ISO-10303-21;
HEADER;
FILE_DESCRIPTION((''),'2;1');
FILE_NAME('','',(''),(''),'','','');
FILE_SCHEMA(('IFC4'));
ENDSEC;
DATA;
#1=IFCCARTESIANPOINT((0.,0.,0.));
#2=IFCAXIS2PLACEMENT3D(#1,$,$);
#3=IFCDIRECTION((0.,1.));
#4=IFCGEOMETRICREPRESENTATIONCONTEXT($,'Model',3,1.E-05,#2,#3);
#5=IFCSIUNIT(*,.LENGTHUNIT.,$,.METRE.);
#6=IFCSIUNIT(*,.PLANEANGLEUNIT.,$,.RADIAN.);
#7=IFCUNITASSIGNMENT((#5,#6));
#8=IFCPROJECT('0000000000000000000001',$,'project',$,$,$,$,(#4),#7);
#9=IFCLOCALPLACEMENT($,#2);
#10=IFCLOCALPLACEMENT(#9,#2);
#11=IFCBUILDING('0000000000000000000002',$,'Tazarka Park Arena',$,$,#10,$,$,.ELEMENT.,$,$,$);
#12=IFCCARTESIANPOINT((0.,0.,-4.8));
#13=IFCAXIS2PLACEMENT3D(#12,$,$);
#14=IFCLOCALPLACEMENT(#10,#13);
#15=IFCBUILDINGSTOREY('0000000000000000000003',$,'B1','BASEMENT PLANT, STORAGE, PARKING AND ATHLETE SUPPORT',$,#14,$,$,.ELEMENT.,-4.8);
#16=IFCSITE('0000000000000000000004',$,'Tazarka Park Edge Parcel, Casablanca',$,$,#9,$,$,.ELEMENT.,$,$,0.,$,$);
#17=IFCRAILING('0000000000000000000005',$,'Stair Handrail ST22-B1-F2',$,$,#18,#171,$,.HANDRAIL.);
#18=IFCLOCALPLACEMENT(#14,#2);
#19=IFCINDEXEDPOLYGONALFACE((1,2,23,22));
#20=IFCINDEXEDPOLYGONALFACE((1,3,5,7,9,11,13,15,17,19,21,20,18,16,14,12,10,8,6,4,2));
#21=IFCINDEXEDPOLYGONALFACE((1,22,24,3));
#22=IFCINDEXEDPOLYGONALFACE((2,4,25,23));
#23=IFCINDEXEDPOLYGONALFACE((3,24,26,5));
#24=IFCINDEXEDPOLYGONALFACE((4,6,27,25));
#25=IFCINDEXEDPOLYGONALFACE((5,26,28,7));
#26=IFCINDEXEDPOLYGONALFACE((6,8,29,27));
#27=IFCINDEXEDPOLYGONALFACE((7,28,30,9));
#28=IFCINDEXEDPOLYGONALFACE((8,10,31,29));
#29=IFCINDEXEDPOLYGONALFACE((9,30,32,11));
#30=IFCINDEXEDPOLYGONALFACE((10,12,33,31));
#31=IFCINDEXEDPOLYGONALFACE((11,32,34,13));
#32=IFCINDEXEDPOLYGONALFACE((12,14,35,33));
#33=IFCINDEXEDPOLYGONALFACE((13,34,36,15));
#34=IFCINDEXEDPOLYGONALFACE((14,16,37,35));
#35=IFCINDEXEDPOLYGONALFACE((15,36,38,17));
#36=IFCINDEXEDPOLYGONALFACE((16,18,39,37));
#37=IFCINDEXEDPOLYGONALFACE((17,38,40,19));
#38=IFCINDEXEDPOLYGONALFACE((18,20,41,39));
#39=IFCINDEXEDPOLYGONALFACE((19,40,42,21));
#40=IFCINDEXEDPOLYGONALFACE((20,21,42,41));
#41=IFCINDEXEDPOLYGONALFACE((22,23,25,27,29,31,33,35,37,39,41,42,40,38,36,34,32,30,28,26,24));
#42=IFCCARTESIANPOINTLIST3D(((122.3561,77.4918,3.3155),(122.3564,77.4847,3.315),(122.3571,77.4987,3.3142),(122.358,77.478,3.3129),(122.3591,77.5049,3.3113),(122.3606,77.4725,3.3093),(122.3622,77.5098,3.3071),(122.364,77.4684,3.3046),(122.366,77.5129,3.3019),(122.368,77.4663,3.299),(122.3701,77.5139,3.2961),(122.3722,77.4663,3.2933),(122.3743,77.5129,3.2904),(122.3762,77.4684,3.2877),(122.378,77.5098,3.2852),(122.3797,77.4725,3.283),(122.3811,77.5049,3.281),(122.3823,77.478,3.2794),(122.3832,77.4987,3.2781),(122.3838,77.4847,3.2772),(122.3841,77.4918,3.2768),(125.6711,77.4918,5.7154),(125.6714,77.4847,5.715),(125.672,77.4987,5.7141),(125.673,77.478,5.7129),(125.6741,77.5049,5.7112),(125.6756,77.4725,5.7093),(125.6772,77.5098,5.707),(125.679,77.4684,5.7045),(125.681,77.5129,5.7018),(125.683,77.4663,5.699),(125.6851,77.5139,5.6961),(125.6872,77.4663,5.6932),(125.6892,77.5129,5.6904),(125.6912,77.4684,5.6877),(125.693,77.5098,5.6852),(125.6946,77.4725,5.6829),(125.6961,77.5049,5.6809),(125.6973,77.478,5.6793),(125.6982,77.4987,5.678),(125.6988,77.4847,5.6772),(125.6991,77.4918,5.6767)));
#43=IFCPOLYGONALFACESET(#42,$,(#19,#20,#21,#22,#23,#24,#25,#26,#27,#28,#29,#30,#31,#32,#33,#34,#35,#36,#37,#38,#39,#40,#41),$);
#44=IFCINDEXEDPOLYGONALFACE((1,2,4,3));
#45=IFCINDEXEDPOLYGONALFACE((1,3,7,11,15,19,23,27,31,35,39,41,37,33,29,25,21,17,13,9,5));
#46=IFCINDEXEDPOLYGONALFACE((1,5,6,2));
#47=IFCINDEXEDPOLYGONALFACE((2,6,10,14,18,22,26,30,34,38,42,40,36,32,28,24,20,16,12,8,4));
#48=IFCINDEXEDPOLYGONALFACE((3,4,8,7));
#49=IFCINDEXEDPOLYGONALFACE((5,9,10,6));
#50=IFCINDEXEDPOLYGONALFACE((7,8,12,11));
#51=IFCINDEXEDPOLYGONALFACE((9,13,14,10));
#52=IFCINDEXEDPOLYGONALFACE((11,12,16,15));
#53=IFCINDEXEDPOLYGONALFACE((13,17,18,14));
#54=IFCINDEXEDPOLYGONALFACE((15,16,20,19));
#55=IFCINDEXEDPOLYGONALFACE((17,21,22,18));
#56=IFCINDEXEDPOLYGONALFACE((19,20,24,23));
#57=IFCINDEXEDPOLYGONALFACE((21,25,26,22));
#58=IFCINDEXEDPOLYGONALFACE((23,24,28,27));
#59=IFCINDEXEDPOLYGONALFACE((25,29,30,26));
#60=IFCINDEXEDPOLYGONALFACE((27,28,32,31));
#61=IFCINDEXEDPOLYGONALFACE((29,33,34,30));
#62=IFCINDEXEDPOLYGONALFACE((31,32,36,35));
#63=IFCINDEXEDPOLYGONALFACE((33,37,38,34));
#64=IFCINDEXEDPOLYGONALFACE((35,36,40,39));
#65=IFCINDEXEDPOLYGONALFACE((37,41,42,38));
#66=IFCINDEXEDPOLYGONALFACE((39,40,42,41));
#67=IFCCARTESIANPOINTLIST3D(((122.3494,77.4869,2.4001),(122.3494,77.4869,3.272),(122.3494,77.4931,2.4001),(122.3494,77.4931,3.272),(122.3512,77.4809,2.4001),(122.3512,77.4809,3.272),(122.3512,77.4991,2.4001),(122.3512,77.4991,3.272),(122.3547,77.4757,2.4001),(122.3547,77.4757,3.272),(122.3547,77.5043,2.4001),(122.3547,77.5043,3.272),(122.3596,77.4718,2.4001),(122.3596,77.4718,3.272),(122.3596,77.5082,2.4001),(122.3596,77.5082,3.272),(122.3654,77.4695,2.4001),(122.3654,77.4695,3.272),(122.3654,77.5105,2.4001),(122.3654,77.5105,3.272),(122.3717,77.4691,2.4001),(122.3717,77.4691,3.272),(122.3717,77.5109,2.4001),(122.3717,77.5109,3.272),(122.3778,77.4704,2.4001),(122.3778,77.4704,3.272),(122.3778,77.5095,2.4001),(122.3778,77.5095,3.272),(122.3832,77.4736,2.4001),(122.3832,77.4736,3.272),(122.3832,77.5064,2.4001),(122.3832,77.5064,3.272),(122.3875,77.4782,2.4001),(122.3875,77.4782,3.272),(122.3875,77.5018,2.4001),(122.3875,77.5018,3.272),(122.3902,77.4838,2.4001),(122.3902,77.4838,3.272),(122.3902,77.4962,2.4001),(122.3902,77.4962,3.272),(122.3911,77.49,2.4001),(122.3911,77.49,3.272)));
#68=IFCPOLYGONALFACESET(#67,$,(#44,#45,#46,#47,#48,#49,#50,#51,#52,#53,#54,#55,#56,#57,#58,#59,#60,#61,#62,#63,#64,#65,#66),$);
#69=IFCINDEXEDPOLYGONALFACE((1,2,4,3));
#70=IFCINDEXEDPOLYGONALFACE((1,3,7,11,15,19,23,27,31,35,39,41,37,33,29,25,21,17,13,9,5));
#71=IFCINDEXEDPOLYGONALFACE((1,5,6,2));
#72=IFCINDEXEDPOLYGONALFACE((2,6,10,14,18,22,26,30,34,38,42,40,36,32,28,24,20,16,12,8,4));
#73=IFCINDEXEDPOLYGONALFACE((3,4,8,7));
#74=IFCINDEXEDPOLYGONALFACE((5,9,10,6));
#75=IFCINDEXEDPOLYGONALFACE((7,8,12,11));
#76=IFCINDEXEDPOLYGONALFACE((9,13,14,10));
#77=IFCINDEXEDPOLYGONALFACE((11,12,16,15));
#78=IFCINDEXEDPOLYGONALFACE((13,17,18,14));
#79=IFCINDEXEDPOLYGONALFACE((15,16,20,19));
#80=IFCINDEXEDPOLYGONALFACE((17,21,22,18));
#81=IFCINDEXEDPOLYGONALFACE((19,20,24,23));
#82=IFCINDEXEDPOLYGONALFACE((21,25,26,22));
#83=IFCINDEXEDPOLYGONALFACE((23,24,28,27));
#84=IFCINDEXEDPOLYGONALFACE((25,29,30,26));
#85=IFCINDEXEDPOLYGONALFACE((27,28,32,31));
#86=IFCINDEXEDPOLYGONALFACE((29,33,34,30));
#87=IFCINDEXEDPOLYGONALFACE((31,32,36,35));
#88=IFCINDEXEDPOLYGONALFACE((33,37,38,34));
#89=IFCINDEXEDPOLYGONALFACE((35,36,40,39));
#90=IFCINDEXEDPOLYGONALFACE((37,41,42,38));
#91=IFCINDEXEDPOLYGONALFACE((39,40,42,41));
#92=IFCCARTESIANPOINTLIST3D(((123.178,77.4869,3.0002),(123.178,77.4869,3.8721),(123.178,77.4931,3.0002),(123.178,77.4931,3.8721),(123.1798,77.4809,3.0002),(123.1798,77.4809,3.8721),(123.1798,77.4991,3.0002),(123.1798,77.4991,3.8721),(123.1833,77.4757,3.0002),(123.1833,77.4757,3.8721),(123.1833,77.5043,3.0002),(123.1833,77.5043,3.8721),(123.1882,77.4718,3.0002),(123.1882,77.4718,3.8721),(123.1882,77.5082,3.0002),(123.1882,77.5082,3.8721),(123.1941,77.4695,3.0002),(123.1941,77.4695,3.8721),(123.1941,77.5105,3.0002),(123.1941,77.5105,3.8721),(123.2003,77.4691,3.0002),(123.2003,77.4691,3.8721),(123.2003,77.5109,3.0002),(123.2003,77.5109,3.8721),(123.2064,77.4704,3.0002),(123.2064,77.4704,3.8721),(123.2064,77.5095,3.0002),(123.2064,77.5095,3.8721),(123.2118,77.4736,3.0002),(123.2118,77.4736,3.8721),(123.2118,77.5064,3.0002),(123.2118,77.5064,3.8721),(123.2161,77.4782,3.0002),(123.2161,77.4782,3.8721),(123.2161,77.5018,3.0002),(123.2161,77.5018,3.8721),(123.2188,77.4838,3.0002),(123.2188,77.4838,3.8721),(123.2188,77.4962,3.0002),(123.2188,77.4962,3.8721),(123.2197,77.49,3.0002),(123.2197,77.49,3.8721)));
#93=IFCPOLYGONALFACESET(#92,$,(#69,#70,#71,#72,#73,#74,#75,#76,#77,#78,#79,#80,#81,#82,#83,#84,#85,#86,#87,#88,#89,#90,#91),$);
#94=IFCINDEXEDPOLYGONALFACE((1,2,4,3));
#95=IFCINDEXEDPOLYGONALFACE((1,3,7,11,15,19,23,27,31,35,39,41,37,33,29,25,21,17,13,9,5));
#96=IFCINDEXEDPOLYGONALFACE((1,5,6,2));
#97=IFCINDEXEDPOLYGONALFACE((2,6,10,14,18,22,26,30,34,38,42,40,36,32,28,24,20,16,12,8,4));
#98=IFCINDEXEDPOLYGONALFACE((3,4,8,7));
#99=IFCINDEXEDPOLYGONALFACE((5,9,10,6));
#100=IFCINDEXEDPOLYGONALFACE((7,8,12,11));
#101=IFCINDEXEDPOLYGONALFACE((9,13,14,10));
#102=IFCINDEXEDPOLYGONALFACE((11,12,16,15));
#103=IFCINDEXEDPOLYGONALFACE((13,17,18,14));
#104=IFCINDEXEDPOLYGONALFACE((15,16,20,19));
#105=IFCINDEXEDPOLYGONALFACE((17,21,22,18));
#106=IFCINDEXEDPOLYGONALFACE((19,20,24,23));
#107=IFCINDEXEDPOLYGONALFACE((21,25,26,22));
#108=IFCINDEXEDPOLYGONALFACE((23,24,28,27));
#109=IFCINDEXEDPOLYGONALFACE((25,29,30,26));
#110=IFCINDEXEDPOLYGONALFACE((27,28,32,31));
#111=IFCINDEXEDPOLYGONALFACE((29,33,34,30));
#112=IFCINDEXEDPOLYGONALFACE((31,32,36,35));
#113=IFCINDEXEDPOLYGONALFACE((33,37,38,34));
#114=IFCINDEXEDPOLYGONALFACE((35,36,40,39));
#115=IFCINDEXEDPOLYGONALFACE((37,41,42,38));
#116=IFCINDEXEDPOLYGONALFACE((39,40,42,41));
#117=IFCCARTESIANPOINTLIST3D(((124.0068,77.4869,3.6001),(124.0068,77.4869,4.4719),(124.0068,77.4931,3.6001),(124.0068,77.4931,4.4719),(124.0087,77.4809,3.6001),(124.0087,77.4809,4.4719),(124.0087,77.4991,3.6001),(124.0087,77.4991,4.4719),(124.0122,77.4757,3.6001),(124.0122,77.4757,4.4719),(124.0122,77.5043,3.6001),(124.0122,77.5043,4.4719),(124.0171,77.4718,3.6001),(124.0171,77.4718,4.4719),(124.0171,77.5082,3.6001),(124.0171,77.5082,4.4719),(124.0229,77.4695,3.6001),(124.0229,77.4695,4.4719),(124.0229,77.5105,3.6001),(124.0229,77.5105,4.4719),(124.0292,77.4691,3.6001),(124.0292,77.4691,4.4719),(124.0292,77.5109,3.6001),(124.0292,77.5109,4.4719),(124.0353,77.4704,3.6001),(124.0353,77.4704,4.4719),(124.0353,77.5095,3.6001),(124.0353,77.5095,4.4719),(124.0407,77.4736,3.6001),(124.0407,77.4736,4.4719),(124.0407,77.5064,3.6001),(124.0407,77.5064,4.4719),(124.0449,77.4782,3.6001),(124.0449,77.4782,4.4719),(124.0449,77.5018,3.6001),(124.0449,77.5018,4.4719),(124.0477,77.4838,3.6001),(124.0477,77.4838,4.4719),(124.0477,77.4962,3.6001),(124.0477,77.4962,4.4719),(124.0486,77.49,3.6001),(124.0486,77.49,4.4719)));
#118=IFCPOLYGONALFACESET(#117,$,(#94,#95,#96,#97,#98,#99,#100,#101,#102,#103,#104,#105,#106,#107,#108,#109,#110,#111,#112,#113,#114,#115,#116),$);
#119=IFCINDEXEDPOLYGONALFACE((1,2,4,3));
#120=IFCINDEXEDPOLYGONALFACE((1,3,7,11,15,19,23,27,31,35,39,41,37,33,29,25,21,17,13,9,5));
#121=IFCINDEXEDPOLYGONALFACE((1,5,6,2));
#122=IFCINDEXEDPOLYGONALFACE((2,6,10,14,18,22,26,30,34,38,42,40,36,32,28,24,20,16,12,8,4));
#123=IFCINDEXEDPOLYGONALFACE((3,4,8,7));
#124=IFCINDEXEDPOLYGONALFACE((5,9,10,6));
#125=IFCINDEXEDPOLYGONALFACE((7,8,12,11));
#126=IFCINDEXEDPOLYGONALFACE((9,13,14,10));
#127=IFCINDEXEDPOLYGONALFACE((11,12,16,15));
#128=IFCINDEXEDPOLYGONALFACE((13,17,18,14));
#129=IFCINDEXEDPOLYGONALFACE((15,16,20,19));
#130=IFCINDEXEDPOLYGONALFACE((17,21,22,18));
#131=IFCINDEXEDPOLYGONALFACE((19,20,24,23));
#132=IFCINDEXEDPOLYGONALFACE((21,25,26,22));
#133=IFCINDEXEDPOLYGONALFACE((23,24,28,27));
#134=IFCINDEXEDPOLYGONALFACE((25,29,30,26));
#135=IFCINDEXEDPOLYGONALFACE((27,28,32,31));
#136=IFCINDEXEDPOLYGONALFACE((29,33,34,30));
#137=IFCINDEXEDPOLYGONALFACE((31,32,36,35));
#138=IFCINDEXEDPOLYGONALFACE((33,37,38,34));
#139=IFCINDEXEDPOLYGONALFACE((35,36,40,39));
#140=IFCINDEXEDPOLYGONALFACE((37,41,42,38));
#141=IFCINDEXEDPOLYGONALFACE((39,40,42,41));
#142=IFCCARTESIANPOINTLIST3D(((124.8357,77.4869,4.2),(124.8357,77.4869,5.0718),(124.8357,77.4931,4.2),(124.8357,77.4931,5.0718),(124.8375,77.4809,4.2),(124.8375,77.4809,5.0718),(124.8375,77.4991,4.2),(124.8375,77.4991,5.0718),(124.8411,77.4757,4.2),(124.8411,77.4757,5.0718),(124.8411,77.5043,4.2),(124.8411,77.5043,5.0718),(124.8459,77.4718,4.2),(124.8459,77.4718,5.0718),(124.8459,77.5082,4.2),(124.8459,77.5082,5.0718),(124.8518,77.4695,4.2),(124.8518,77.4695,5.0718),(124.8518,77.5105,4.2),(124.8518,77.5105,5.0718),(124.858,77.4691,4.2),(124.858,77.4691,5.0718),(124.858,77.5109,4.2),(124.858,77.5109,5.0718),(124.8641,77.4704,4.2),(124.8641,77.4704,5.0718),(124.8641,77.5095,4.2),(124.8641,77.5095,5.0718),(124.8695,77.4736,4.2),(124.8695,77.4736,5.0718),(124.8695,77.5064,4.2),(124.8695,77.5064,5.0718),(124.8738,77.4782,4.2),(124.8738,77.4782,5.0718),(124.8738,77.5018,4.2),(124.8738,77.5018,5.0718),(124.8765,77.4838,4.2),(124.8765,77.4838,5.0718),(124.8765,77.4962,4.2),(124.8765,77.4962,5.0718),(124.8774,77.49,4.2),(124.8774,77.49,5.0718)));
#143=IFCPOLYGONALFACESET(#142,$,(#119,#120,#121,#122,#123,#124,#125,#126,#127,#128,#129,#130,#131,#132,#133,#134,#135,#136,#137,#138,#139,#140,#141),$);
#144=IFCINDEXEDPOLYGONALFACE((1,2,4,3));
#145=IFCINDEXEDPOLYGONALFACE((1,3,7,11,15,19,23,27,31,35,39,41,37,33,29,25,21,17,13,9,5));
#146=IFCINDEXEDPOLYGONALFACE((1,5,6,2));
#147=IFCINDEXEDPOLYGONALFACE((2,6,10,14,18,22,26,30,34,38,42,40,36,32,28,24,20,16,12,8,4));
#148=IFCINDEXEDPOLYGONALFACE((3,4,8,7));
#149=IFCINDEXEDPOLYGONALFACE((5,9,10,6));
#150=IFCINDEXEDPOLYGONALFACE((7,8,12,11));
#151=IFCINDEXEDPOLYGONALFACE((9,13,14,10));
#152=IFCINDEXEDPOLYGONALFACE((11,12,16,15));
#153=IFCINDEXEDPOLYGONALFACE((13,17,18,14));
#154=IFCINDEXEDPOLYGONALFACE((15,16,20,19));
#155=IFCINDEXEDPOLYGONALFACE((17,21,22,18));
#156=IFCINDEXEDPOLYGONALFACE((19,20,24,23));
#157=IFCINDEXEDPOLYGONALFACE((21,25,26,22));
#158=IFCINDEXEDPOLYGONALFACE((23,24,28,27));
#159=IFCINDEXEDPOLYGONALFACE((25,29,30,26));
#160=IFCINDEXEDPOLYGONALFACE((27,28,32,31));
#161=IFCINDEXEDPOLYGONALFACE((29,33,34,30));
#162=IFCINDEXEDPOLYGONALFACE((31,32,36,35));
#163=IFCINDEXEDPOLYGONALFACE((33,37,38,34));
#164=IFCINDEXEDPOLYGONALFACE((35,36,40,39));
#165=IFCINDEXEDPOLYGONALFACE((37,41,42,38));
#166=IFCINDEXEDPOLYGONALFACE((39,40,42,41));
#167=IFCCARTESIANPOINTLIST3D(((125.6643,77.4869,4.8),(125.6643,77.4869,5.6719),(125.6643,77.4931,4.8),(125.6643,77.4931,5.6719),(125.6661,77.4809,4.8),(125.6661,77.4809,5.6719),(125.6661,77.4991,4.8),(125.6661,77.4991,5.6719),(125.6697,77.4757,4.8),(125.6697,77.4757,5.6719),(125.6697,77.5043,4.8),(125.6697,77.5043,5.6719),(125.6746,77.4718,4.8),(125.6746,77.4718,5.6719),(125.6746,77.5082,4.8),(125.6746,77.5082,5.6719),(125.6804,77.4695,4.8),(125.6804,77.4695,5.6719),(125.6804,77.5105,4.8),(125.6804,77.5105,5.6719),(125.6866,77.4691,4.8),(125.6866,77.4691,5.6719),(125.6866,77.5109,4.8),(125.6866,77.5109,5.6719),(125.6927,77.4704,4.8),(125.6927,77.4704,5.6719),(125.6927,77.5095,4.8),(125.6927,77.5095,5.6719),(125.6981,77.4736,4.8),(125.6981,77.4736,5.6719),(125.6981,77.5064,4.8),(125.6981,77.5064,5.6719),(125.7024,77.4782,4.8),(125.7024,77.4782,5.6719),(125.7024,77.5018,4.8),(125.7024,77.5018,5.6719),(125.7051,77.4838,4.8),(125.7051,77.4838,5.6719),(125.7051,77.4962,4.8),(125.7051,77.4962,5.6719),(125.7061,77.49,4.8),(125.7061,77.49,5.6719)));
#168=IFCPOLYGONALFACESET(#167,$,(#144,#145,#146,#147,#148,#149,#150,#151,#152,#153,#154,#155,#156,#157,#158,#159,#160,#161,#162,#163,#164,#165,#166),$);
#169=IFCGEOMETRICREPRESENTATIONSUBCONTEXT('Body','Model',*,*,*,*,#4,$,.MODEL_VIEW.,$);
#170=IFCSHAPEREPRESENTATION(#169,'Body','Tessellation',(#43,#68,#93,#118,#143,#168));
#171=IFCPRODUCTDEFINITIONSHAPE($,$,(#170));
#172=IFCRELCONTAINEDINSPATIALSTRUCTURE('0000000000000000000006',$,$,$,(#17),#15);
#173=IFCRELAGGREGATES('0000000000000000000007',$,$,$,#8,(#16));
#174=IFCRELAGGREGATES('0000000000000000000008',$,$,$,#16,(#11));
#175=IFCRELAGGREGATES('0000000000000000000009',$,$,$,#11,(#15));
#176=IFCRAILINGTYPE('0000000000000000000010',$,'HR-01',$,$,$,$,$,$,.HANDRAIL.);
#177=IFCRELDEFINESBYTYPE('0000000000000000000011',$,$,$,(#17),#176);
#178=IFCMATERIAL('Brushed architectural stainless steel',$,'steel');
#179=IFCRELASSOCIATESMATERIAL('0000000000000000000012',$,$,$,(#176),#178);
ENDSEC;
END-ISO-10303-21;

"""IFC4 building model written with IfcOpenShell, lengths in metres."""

from ifc_helpers import new_model, si_unit, direction, frame, origin, origin_2d, place, context, subcontext, project, spatial, circle, extrude, material, type_object, element, save


model = new_model("IFC4")

# Units and contexts
model_context = context("Model", 3, precision=1e-05, world=origin(), true_north=direction((0.0, 1.0)))
body_context = subcontext(model_context, "Body", "Model", "MODEL_VIEW")
ifc_project = project(units=[si_unit("LENGTHUNIT", "METRE"), si_unit("PLANEANGLEUNIT", "RADIAN")], contexts=[model_context])

# Site, building, storey
site_placement = place(None, origin())
site = spatial("IfcSite", under=ifc_project, at=site_placement, Name="Tazarka Park Edge Parcel, Casablanca", CompositionType="ELEMENT", RefElevation=0.0)
building_placement = place(site_placement, origin())
building = spatial("IfcBuilding", under=site, at=building_placement, Name="Tazarka Park Arena", CompositionType="ELEMENT")
storey_placement = place(building_placement, frame((0.0, 0.0, -4.8)))
storey = spatial("IfcBuildingStorey", under=building, at=storey_placement, Name="B1", Description="BASEMENT PLANT, STORAGE, PARKING AND ATHLETE SUPPORT", CompositionType="ELEMENT", Elevation=-4.8)

# Railing
ifc_material_1 = material(Name="Brushed architectural stainless steel", Category="steel")
railing_type_1 = type_object("IfcRailingType", Name="HR-01", PredefinedType="HANDRAIL", material=ifc_material_1)
railing_1_placement = place(storey_placement, frame((122.3701, 77.49, 2.4001)))
element("IfcRailing", 1, at=railing_1_placement, inside=storey, type_object=railing_type_1, Name="Stair Handrail ST22-B1-F2", PredefinedType="HANDRAIL", context=body_context, shape_type="SweptSolid", body=[
    extrude(circle(Radius=0.0239, at=origin_2d()), frame((0.0, 0.0, 0.896), z_axis=(0.810009, 0.0, 0.586418), x_axis=(0.0, 1.0, 0.0)), (0.0, 0.0, 1.0), 4.0925),
    extrude(circle(Radius=0.021, at=origin_2d()), origin(), (0.0, 0.0, 1.0), 0.8718),
    extrude(circle(Radius=0.021, at=origin_2d()), frame((0.8286, 0.0, 0.6001)), (0.0, 0.0, 1.0), 0.8718),
    extrude(circle(Radius=0.021, at=origin_2d()), frame((1.6575, 0.0, 1.2)), (0.0, 0.0, 1.0), 0.8718),
    extrude(circle(Radius=0.021, at=origin_2d()), frame((2.4863, 0.0, 1.7998)), (0.0, 0.0, 1.0), 0.8718),
    extrude(circle(Radius=0.021, at=origin_2d()), frame((3.3149, 0.0, 2.3999)), (0.0, 0.0, 1.0), 0.8718),
])

save(model, "model.ifc")
